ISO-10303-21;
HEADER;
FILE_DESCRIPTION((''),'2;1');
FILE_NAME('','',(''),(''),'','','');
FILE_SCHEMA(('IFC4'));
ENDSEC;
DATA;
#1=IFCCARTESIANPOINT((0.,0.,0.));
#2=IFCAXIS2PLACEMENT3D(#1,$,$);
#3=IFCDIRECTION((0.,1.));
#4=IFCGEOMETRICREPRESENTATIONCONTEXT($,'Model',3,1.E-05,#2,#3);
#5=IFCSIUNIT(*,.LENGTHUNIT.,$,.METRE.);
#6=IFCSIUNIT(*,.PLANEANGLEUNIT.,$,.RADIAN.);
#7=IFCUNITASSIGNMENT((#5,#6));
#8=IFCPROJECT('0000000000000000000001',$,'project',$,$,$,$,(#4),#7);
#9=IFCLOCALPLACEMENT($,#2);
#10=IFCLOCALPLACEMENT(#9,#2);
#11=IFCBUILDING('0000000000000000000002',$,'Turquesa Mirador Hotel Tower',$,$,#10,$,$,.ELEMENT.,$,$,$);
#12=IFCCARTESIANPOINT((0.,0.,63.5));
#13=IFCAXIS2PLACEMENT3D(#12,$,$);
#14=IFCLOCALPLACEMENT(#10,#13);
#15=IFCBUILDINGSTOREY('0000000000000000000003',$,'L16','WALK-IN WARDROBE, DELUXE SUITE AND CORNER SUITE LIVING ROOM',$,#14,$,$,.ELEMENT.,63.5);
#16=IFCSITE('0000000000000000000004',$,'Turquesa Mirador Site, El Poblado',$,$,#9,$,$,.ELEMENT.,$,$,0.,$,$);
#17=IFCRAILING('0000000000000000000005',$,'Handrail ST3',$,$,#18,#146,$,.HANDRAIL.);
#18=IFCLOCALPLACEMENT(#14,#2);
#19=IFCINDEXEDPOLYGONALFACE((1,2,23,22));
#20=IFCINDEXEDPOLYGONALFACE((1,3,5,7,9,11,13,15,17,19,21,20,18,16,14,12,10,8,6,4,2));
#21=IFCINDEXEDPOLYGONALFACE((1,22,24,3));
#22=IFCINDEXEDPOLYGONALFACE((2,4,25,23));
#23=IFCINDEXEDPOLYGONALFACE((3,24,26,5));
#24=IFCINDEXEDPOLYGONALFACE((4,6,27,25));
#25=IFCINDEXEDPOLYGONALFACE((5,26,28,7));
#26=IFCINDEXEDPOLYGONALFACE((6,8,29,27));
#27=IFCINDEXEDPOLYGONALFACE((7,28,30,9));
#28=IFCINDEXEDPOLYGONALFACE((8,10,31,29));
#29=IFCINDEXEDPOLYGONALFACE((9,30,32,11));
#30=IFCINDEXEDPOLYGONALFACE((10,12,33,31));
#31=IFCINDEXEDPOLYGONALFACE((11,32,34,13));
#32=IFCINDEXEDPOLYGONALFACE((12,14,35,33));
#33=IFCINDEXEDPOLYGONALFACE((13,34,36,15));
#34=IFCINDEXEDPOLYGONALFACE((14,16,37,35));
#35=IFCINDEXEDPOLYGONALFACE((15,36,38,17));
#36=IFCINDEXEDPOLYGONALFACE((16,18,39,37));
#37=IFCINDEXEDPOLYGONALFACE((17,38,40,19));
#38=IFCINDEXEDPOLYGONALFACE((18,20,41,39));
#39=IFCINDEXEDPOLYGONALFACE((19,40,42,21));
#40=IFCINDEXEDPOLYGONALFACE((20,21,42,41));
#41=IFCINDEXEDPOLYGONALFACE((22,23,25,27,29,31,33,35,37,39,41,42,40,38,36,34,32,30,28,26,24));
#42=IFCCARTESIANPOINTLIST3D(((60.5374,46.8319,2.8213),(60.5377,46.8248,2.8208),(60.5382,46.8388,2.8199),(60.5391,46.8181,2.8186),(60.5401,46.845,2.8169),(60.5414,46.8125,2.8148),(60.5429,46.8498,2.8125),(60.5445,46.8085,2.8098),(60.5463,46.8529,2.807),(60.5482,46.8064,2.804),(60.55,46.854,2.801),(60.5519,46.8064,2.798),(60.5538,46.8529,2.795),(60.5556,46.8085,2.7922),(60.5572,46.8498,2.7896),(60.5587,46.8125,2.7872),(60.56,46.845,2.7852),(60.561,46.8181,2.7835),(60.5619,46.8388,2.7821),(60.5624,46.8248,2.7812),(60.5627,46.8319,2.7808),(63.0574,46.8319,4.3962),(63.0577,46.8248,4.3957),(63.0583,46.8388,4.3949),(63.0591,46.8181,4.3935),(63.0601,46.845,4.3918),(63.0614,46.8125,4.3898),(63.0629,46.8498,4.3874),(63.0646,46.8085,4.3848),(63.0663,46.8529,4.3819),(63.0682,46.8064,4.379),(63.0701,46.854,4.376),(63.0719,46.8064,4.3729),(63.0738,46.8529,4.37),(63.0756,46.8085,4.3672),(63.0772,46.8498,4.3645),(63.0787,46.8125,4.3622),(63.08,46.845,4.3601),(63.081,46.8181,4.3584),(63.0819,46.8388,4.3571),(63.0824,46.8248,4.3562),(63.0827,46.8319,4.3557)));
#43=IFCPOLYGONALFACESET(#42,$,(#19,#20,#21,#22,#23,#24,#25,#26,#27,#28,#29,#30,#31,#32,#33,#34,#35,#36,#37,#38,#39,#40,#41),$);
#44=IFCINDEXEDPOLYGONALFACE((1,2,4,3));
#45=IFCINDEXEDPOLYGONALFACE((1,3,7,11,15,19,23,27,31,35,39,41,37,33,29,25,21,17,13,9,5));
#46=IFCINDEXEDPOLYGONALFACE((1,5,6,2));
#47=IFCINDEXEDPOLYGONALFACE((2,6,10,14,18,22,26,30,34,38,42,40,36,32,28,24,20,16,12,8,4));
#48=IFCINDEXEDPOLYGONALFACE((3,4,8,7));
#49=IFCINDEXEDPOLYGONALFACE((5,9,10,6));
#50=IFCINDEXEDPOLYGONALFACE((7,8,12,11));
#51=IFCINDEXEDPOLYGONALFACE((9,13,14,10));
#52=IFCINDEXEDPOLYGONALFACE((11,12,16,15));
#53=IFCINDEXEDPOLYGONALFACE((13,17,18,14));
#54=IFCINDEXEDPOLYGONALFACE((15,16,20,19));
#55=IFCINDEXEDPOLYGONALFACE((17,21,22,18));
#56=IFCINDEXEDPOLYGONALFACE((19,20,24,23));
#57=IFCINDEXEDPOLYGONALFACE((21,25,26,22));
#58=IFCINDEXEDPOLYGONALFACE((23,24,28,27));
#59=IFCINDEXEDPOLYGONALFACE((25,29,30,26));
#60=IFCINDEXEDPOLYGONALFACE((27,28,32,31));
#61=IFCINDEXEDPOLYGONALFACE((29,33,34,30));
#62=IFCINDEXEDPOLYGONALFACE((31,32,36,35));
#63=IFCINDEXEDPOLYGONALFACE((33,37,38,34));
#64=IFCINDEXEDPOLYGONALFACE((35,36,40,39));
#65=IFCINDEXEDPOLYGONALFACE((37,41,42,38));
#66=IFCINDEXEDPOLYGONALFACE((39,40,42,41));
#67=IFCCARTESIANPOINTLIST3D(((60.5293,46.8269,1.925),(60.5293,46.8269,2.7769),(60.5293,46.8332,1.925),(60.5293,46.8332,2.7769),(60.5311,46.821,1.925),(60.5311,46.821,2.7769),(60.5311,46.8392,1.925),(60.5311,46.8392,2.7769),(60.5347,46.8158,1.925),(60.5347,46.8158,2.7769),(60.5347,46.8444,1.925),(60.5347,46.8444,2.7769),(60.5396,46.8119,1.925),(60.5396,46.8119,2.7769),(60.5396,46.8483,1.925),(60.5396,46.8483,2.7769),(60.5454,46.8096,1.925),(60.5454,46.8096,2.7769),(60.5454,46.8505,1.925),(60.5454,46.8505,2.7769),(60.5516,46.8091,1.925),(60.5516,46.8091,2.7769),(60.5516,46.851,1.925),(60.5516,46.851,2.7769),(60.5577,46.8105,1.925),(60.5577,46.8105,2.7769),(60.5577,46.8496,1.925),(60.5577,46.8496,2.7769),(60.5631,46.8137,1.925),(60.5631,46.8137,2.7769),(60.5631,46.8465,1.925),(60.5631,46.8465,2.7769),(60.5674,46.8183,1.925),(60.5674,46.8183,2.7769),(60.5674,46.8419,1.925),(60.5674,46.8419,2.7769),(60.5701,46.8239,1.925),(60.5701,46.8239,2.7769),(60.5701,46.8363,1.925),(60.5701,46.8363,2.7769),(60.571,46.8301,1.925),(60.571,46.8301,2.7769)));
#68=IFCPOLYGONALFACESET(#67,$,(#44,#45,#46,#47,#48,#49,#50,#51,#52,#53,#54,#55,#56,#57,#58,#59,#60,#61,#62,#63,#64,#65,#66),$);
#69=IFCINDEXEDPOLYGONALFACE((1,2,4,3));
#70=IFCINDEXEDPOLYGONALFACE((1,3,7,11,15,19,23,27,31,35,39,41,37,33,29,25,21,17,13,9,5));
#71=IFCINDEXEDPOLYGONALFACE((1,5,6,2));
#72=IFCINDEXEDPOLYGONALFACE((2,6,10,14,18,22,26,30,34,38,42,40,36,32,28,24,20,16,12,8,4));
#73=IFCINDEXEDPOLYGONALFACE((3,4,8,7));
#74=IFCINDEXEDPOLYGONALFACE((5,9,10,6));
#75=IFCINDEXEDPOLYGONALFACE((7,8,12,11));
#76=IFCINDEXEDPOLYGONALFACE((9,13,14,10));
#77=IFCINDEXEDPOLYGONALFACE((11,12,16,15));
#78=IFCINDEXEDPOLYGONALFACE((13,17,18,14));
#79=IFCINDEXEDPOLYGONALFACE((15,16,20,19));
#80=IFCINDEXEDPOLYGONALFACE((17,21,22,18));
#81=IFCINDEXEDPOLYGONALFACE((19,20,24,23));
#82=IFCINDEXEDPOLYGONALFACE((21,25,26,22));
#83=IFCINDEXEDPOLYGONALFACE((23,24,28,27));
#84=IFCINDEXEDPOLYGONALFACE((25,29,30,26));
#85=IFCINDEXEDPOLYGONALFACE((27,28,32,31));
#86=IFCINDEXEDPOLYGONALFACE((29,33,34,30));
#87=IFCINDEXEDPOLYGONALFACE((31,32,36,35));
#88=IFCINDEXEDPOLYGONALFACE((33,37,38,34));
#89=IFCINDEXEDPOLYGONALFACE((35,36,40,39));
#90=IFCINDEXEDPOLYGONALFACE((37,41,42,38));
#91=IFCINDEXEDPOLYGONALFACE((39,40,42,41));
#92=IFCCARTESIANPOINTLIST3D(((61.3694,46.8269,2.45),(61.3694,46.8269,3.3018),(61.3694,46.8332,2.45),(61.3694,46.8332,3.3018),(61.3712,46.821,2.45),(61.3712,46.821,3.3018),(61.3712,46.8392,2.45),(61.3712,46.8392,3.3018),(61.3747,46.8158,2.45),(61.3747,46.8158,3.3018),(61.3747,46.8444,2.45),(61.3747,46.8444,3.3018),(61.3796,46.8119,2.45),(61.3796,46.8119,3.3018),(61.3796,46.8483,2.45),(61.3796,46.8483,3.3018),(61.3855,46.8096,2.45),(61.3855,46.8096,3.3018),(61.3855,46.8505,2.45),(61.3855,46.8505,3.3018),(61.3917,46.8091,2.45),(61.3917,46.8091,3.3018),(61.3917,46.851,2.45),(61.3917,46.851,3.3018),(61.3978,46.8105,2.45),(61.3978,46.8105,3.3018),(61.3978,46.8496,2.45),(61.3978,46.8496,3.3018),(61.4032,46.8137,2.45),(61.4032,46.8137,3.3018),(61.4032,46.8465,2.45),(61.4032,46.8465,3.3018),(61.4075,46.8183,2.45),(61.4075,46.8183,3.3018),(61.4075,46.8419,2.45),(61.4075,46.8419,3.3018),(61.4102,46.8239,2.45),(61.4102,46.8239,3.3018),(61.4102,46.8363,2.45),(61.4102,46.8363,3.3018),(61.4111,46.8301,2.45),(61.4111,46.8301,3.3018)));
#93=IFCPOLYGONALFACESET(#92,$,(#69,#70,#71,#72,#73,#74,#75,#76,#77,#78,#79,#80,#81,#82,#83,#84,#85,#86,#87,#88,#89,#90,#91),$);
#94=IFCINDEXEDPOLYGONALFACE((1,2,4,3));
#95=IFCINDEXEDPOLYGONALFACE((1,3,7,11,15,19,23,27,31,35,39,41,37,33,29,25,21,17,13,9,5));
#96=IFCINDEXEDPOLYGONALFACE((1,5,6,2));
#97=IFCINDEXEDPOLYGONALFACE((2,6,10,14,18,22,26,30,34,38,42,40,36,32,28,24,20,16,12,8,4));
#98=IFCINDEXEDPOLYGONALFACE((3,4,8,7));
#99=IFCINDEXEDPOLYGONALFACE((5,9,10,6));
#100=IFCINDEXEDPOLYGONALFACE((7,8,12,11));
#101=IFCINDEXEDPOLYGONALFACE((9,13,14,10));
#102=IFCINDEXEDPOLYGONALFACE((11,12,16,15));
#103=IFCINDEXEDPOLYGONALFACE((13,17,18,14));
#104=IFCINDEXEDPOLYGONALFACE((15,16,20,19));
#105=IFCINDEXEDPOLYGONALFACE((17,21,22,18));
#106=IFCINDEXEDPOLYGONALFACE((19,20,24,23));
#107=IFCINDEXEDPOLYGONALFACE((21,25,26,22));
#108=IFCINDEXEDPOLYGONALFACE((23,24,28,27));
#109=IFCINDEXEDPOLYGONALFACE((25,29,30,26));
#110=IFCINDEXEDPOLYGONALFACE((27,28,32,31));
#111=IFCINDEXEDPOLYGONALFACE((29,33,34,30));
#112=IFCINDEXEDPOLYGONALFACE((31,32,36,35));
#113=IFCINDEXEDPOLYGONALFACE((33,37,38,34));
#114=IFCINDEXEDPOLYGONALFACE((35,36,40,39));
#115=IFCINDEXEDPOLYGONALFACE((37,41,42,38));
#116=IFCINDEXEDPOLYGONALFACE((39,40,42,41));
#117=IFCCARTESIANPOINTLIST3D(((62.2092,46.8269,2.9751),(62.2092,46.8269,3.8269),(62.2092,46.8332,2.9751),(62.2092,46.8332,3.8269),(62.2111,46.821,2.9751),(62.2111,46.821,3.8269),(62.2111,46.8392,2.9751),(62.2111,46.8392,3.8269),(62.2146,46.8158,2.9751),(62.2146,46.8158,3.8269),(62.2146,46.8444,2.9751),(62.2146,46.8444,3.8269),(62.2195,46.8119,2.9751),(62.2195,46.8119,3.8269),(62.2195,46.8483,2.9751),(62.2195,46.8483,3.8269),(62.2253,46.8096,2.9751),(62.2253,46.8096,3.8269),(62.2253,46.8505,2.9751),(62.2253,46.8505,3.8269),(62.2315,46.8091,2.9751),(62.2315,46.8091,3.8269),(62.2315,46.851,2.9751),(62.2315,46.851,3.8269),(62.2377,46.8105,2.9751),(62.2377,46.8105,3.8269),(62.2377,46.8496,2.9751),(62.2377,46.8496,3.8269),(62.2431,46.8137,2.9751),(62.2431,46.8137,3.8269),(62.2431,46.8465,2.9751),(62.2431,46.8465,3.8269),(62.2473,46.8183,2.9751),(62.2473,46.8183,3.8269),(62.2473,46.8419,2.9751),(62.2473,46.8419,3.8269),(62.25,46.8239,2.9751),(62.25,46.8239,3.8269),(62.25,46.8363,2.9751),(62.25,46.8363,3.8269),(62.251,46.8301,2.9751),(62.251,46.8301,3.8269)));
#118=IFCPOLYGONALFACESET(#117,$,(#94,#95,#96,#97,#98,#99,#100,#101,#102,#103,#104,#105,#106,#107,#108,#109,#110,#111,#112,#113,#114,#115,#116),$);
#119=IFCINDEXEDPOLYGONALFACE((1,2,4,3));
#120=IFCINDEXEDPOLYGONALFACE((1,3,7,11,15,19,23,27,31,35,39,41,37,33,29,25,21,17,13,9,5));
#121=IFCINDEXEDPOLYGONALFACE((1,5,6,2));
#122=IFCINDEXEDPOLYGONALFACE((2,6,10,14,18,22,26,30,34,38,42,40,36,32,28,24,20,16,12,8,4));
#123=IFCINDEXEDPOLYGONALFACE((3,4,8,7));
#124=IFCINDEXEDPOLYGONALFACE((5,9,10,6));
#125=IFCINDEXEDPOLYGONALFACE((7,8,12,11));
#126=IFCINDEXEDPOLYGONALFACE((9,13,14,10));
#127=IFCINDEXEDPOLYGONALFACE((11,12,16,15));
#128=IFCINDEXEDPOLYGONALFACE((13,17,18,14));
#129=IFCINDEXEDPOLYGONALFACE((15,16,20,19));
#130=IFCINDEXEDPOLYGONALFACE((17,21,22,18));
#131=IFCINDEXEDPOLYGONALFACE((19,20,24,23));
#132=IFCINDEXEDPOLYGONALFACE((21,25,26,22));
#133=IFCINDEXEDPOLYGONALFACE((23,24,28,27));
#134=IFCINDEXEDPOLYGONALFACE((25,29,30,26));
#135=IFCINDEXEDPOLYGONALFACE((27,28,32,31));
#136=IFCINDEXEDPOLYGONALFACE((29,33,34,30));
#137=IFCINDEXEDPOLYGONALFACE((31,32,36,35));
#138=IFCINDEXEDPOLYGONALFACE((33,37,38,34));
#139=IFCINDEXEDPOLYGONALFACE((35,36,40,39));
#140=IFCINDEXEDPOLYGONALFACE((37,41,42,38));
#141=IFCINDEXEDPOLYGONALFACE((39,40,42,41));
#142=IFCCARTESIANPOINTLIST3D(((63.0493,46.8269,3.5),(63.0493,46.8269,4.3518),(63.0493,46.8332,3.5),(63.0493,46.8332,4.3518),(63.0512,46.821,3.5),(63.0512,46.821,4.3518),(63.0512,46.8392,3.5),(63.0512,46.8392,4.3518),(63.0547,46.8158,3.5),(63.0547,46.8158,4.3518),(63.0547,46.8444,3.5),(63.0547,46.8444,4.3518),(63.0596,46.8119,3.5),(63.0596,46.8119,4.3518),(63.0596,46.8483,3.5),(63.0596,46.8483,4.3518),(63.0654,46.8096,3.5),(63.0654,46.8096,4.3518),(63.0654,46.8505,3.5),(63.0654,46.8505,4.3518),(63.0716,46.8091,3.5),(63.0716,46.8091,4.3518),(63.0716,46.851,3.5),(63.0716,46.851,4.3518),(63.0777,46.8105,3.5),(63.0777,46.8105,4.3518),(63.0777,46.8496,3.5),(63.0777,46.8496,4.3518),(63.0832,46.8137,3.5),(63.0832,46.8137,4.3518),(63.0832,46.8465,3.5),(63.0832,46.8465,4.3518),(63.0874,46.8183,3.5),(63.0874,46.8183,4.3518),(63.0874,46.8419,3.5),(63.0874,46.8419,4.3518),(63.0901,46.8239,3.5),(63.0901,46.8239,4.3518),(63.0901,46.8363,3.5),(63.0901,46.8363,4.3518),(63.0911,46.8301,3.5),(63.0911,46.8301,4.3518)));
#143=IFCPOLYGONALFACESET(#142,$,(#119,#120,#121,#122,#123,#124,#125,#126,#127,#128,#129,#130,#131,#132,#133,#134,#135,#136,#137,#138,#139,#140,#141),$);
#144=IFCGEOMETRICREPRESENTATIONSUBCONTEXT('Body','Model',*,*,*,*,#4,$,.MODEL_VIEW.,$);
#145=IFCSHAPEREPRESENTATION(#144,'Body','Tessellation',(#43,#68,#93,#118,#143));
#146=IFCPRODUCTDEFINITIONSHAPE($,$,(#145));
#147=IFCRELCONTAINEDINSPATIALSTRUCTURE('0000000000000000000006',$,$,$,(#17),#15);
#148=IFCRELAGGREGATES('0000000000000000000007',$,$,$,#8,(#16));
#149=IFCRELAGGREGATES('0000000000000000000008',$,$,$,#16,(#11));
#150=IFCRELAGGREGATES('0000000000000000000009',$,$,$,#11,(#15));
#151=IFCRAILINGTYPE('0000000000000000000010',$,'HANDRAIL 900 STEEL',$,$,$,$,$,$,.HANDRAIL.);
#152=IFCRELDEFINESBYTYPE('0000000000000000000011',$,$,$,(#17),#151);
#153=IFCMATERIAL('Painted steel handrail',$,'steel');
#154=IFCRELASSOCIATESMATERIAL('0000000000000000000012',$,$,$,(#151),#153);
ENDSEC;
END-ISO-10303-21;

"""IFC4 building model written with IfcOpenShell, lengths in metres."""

from ifc_helpers import new_model, si_unit, direction, frame, origin, origin_2d, place, context, subcontext, project, spatial, circle, extrude, material, type_object, element, save


model = new_model("IFC4")

# Units and contexts
model_context = context("Model", 3, precision=1e-05, world=origin(), true_north=direction((0.0, 1.0)))
body_context = subcontext(model_context, "Body", "Model", "MODEL_VIEW")
ifc_project = project(units=[si_unit("LENGTHUNIT", "METRE"), si_unit("PLANEANGLEUNIT", "RADIAN")], contexts=[model_context])

# Site, building, storey
site_placement = place(None, origin())
site = spatial("IfcSite", under=ifc_project, at=site_placement, Name="Turquesa Mirador Site, El Poblado", CompositionType="ELEMENT", RefElevation=0.0)
building_placement = place(site_placement, origin())
building = spatial("IfcBuilding", under=site, at=building_placement, Name="Turquesa Mirador Hotel Tower", CompositionType="ELEMENT")
storey_placement = place(building_placement, frame((0.0, 0.0, 63.5)))
storey = spatial("IfcBuildingStorey", under=building, at=storey_placement, Name="L16", Description="WALK-IN WARDROBE, DELUXE SUITE AND CORNER SUITE LIVING ROOM", CompositionType="ELEMENT", Elevation=63.5)

# Railing
ifc_material_1 = material(Name="Painted steel handrail", Category="steel")
railing_type = type_object("IfcRailingType", Name="HANDRAIL 900 STEEL", PredefinedType="HANDRAIL", material=ifc_material_1)
railing_1_placement = place(storey_placement, frame((60.55, 46.8301, 1.925)))
element("IfcRailing", 1, at=railing_1_placement, inside=storey, type_object=railing_type, Name="Handrail ST3", PredefinedType="HANDRAIL", context=body_context, shape_type="SweptSolid", body=[
    extrude(circle(Radius=0.0239, at=origin_2d()), frame((0.0, 0.0, 0.876), z_axis=(0.848008, 0.0, 0.529984), x_axis=(0.0, 1.0, 0.0)), (0.0, 0.0, 1.0), 2.9717),
    extrude(circle(Radius=0.021, at=origin_2d()), origin(), (0.0, 0.0, 1.0), 0.8518),
    extrude(circle(Radius=0.021, at=origin_2d()), frame((0.8401, 0.0, 0.5249)), (0.0, 0.0, 1.0), 0.8518),
    extrude(circle(Radius=0.021, at=origin_2d()), frame((1.6799, 0.0, 1.05)), (0.0, 0.0, 1.0), 0.8518),
    extrude(circle(Radius=0.021, at=origin_2d()), frame((2.52, 0.0, 1.575)), (0.0, 0.0, 1.0), 0.8518),
])

save(model, "model.ifc")
